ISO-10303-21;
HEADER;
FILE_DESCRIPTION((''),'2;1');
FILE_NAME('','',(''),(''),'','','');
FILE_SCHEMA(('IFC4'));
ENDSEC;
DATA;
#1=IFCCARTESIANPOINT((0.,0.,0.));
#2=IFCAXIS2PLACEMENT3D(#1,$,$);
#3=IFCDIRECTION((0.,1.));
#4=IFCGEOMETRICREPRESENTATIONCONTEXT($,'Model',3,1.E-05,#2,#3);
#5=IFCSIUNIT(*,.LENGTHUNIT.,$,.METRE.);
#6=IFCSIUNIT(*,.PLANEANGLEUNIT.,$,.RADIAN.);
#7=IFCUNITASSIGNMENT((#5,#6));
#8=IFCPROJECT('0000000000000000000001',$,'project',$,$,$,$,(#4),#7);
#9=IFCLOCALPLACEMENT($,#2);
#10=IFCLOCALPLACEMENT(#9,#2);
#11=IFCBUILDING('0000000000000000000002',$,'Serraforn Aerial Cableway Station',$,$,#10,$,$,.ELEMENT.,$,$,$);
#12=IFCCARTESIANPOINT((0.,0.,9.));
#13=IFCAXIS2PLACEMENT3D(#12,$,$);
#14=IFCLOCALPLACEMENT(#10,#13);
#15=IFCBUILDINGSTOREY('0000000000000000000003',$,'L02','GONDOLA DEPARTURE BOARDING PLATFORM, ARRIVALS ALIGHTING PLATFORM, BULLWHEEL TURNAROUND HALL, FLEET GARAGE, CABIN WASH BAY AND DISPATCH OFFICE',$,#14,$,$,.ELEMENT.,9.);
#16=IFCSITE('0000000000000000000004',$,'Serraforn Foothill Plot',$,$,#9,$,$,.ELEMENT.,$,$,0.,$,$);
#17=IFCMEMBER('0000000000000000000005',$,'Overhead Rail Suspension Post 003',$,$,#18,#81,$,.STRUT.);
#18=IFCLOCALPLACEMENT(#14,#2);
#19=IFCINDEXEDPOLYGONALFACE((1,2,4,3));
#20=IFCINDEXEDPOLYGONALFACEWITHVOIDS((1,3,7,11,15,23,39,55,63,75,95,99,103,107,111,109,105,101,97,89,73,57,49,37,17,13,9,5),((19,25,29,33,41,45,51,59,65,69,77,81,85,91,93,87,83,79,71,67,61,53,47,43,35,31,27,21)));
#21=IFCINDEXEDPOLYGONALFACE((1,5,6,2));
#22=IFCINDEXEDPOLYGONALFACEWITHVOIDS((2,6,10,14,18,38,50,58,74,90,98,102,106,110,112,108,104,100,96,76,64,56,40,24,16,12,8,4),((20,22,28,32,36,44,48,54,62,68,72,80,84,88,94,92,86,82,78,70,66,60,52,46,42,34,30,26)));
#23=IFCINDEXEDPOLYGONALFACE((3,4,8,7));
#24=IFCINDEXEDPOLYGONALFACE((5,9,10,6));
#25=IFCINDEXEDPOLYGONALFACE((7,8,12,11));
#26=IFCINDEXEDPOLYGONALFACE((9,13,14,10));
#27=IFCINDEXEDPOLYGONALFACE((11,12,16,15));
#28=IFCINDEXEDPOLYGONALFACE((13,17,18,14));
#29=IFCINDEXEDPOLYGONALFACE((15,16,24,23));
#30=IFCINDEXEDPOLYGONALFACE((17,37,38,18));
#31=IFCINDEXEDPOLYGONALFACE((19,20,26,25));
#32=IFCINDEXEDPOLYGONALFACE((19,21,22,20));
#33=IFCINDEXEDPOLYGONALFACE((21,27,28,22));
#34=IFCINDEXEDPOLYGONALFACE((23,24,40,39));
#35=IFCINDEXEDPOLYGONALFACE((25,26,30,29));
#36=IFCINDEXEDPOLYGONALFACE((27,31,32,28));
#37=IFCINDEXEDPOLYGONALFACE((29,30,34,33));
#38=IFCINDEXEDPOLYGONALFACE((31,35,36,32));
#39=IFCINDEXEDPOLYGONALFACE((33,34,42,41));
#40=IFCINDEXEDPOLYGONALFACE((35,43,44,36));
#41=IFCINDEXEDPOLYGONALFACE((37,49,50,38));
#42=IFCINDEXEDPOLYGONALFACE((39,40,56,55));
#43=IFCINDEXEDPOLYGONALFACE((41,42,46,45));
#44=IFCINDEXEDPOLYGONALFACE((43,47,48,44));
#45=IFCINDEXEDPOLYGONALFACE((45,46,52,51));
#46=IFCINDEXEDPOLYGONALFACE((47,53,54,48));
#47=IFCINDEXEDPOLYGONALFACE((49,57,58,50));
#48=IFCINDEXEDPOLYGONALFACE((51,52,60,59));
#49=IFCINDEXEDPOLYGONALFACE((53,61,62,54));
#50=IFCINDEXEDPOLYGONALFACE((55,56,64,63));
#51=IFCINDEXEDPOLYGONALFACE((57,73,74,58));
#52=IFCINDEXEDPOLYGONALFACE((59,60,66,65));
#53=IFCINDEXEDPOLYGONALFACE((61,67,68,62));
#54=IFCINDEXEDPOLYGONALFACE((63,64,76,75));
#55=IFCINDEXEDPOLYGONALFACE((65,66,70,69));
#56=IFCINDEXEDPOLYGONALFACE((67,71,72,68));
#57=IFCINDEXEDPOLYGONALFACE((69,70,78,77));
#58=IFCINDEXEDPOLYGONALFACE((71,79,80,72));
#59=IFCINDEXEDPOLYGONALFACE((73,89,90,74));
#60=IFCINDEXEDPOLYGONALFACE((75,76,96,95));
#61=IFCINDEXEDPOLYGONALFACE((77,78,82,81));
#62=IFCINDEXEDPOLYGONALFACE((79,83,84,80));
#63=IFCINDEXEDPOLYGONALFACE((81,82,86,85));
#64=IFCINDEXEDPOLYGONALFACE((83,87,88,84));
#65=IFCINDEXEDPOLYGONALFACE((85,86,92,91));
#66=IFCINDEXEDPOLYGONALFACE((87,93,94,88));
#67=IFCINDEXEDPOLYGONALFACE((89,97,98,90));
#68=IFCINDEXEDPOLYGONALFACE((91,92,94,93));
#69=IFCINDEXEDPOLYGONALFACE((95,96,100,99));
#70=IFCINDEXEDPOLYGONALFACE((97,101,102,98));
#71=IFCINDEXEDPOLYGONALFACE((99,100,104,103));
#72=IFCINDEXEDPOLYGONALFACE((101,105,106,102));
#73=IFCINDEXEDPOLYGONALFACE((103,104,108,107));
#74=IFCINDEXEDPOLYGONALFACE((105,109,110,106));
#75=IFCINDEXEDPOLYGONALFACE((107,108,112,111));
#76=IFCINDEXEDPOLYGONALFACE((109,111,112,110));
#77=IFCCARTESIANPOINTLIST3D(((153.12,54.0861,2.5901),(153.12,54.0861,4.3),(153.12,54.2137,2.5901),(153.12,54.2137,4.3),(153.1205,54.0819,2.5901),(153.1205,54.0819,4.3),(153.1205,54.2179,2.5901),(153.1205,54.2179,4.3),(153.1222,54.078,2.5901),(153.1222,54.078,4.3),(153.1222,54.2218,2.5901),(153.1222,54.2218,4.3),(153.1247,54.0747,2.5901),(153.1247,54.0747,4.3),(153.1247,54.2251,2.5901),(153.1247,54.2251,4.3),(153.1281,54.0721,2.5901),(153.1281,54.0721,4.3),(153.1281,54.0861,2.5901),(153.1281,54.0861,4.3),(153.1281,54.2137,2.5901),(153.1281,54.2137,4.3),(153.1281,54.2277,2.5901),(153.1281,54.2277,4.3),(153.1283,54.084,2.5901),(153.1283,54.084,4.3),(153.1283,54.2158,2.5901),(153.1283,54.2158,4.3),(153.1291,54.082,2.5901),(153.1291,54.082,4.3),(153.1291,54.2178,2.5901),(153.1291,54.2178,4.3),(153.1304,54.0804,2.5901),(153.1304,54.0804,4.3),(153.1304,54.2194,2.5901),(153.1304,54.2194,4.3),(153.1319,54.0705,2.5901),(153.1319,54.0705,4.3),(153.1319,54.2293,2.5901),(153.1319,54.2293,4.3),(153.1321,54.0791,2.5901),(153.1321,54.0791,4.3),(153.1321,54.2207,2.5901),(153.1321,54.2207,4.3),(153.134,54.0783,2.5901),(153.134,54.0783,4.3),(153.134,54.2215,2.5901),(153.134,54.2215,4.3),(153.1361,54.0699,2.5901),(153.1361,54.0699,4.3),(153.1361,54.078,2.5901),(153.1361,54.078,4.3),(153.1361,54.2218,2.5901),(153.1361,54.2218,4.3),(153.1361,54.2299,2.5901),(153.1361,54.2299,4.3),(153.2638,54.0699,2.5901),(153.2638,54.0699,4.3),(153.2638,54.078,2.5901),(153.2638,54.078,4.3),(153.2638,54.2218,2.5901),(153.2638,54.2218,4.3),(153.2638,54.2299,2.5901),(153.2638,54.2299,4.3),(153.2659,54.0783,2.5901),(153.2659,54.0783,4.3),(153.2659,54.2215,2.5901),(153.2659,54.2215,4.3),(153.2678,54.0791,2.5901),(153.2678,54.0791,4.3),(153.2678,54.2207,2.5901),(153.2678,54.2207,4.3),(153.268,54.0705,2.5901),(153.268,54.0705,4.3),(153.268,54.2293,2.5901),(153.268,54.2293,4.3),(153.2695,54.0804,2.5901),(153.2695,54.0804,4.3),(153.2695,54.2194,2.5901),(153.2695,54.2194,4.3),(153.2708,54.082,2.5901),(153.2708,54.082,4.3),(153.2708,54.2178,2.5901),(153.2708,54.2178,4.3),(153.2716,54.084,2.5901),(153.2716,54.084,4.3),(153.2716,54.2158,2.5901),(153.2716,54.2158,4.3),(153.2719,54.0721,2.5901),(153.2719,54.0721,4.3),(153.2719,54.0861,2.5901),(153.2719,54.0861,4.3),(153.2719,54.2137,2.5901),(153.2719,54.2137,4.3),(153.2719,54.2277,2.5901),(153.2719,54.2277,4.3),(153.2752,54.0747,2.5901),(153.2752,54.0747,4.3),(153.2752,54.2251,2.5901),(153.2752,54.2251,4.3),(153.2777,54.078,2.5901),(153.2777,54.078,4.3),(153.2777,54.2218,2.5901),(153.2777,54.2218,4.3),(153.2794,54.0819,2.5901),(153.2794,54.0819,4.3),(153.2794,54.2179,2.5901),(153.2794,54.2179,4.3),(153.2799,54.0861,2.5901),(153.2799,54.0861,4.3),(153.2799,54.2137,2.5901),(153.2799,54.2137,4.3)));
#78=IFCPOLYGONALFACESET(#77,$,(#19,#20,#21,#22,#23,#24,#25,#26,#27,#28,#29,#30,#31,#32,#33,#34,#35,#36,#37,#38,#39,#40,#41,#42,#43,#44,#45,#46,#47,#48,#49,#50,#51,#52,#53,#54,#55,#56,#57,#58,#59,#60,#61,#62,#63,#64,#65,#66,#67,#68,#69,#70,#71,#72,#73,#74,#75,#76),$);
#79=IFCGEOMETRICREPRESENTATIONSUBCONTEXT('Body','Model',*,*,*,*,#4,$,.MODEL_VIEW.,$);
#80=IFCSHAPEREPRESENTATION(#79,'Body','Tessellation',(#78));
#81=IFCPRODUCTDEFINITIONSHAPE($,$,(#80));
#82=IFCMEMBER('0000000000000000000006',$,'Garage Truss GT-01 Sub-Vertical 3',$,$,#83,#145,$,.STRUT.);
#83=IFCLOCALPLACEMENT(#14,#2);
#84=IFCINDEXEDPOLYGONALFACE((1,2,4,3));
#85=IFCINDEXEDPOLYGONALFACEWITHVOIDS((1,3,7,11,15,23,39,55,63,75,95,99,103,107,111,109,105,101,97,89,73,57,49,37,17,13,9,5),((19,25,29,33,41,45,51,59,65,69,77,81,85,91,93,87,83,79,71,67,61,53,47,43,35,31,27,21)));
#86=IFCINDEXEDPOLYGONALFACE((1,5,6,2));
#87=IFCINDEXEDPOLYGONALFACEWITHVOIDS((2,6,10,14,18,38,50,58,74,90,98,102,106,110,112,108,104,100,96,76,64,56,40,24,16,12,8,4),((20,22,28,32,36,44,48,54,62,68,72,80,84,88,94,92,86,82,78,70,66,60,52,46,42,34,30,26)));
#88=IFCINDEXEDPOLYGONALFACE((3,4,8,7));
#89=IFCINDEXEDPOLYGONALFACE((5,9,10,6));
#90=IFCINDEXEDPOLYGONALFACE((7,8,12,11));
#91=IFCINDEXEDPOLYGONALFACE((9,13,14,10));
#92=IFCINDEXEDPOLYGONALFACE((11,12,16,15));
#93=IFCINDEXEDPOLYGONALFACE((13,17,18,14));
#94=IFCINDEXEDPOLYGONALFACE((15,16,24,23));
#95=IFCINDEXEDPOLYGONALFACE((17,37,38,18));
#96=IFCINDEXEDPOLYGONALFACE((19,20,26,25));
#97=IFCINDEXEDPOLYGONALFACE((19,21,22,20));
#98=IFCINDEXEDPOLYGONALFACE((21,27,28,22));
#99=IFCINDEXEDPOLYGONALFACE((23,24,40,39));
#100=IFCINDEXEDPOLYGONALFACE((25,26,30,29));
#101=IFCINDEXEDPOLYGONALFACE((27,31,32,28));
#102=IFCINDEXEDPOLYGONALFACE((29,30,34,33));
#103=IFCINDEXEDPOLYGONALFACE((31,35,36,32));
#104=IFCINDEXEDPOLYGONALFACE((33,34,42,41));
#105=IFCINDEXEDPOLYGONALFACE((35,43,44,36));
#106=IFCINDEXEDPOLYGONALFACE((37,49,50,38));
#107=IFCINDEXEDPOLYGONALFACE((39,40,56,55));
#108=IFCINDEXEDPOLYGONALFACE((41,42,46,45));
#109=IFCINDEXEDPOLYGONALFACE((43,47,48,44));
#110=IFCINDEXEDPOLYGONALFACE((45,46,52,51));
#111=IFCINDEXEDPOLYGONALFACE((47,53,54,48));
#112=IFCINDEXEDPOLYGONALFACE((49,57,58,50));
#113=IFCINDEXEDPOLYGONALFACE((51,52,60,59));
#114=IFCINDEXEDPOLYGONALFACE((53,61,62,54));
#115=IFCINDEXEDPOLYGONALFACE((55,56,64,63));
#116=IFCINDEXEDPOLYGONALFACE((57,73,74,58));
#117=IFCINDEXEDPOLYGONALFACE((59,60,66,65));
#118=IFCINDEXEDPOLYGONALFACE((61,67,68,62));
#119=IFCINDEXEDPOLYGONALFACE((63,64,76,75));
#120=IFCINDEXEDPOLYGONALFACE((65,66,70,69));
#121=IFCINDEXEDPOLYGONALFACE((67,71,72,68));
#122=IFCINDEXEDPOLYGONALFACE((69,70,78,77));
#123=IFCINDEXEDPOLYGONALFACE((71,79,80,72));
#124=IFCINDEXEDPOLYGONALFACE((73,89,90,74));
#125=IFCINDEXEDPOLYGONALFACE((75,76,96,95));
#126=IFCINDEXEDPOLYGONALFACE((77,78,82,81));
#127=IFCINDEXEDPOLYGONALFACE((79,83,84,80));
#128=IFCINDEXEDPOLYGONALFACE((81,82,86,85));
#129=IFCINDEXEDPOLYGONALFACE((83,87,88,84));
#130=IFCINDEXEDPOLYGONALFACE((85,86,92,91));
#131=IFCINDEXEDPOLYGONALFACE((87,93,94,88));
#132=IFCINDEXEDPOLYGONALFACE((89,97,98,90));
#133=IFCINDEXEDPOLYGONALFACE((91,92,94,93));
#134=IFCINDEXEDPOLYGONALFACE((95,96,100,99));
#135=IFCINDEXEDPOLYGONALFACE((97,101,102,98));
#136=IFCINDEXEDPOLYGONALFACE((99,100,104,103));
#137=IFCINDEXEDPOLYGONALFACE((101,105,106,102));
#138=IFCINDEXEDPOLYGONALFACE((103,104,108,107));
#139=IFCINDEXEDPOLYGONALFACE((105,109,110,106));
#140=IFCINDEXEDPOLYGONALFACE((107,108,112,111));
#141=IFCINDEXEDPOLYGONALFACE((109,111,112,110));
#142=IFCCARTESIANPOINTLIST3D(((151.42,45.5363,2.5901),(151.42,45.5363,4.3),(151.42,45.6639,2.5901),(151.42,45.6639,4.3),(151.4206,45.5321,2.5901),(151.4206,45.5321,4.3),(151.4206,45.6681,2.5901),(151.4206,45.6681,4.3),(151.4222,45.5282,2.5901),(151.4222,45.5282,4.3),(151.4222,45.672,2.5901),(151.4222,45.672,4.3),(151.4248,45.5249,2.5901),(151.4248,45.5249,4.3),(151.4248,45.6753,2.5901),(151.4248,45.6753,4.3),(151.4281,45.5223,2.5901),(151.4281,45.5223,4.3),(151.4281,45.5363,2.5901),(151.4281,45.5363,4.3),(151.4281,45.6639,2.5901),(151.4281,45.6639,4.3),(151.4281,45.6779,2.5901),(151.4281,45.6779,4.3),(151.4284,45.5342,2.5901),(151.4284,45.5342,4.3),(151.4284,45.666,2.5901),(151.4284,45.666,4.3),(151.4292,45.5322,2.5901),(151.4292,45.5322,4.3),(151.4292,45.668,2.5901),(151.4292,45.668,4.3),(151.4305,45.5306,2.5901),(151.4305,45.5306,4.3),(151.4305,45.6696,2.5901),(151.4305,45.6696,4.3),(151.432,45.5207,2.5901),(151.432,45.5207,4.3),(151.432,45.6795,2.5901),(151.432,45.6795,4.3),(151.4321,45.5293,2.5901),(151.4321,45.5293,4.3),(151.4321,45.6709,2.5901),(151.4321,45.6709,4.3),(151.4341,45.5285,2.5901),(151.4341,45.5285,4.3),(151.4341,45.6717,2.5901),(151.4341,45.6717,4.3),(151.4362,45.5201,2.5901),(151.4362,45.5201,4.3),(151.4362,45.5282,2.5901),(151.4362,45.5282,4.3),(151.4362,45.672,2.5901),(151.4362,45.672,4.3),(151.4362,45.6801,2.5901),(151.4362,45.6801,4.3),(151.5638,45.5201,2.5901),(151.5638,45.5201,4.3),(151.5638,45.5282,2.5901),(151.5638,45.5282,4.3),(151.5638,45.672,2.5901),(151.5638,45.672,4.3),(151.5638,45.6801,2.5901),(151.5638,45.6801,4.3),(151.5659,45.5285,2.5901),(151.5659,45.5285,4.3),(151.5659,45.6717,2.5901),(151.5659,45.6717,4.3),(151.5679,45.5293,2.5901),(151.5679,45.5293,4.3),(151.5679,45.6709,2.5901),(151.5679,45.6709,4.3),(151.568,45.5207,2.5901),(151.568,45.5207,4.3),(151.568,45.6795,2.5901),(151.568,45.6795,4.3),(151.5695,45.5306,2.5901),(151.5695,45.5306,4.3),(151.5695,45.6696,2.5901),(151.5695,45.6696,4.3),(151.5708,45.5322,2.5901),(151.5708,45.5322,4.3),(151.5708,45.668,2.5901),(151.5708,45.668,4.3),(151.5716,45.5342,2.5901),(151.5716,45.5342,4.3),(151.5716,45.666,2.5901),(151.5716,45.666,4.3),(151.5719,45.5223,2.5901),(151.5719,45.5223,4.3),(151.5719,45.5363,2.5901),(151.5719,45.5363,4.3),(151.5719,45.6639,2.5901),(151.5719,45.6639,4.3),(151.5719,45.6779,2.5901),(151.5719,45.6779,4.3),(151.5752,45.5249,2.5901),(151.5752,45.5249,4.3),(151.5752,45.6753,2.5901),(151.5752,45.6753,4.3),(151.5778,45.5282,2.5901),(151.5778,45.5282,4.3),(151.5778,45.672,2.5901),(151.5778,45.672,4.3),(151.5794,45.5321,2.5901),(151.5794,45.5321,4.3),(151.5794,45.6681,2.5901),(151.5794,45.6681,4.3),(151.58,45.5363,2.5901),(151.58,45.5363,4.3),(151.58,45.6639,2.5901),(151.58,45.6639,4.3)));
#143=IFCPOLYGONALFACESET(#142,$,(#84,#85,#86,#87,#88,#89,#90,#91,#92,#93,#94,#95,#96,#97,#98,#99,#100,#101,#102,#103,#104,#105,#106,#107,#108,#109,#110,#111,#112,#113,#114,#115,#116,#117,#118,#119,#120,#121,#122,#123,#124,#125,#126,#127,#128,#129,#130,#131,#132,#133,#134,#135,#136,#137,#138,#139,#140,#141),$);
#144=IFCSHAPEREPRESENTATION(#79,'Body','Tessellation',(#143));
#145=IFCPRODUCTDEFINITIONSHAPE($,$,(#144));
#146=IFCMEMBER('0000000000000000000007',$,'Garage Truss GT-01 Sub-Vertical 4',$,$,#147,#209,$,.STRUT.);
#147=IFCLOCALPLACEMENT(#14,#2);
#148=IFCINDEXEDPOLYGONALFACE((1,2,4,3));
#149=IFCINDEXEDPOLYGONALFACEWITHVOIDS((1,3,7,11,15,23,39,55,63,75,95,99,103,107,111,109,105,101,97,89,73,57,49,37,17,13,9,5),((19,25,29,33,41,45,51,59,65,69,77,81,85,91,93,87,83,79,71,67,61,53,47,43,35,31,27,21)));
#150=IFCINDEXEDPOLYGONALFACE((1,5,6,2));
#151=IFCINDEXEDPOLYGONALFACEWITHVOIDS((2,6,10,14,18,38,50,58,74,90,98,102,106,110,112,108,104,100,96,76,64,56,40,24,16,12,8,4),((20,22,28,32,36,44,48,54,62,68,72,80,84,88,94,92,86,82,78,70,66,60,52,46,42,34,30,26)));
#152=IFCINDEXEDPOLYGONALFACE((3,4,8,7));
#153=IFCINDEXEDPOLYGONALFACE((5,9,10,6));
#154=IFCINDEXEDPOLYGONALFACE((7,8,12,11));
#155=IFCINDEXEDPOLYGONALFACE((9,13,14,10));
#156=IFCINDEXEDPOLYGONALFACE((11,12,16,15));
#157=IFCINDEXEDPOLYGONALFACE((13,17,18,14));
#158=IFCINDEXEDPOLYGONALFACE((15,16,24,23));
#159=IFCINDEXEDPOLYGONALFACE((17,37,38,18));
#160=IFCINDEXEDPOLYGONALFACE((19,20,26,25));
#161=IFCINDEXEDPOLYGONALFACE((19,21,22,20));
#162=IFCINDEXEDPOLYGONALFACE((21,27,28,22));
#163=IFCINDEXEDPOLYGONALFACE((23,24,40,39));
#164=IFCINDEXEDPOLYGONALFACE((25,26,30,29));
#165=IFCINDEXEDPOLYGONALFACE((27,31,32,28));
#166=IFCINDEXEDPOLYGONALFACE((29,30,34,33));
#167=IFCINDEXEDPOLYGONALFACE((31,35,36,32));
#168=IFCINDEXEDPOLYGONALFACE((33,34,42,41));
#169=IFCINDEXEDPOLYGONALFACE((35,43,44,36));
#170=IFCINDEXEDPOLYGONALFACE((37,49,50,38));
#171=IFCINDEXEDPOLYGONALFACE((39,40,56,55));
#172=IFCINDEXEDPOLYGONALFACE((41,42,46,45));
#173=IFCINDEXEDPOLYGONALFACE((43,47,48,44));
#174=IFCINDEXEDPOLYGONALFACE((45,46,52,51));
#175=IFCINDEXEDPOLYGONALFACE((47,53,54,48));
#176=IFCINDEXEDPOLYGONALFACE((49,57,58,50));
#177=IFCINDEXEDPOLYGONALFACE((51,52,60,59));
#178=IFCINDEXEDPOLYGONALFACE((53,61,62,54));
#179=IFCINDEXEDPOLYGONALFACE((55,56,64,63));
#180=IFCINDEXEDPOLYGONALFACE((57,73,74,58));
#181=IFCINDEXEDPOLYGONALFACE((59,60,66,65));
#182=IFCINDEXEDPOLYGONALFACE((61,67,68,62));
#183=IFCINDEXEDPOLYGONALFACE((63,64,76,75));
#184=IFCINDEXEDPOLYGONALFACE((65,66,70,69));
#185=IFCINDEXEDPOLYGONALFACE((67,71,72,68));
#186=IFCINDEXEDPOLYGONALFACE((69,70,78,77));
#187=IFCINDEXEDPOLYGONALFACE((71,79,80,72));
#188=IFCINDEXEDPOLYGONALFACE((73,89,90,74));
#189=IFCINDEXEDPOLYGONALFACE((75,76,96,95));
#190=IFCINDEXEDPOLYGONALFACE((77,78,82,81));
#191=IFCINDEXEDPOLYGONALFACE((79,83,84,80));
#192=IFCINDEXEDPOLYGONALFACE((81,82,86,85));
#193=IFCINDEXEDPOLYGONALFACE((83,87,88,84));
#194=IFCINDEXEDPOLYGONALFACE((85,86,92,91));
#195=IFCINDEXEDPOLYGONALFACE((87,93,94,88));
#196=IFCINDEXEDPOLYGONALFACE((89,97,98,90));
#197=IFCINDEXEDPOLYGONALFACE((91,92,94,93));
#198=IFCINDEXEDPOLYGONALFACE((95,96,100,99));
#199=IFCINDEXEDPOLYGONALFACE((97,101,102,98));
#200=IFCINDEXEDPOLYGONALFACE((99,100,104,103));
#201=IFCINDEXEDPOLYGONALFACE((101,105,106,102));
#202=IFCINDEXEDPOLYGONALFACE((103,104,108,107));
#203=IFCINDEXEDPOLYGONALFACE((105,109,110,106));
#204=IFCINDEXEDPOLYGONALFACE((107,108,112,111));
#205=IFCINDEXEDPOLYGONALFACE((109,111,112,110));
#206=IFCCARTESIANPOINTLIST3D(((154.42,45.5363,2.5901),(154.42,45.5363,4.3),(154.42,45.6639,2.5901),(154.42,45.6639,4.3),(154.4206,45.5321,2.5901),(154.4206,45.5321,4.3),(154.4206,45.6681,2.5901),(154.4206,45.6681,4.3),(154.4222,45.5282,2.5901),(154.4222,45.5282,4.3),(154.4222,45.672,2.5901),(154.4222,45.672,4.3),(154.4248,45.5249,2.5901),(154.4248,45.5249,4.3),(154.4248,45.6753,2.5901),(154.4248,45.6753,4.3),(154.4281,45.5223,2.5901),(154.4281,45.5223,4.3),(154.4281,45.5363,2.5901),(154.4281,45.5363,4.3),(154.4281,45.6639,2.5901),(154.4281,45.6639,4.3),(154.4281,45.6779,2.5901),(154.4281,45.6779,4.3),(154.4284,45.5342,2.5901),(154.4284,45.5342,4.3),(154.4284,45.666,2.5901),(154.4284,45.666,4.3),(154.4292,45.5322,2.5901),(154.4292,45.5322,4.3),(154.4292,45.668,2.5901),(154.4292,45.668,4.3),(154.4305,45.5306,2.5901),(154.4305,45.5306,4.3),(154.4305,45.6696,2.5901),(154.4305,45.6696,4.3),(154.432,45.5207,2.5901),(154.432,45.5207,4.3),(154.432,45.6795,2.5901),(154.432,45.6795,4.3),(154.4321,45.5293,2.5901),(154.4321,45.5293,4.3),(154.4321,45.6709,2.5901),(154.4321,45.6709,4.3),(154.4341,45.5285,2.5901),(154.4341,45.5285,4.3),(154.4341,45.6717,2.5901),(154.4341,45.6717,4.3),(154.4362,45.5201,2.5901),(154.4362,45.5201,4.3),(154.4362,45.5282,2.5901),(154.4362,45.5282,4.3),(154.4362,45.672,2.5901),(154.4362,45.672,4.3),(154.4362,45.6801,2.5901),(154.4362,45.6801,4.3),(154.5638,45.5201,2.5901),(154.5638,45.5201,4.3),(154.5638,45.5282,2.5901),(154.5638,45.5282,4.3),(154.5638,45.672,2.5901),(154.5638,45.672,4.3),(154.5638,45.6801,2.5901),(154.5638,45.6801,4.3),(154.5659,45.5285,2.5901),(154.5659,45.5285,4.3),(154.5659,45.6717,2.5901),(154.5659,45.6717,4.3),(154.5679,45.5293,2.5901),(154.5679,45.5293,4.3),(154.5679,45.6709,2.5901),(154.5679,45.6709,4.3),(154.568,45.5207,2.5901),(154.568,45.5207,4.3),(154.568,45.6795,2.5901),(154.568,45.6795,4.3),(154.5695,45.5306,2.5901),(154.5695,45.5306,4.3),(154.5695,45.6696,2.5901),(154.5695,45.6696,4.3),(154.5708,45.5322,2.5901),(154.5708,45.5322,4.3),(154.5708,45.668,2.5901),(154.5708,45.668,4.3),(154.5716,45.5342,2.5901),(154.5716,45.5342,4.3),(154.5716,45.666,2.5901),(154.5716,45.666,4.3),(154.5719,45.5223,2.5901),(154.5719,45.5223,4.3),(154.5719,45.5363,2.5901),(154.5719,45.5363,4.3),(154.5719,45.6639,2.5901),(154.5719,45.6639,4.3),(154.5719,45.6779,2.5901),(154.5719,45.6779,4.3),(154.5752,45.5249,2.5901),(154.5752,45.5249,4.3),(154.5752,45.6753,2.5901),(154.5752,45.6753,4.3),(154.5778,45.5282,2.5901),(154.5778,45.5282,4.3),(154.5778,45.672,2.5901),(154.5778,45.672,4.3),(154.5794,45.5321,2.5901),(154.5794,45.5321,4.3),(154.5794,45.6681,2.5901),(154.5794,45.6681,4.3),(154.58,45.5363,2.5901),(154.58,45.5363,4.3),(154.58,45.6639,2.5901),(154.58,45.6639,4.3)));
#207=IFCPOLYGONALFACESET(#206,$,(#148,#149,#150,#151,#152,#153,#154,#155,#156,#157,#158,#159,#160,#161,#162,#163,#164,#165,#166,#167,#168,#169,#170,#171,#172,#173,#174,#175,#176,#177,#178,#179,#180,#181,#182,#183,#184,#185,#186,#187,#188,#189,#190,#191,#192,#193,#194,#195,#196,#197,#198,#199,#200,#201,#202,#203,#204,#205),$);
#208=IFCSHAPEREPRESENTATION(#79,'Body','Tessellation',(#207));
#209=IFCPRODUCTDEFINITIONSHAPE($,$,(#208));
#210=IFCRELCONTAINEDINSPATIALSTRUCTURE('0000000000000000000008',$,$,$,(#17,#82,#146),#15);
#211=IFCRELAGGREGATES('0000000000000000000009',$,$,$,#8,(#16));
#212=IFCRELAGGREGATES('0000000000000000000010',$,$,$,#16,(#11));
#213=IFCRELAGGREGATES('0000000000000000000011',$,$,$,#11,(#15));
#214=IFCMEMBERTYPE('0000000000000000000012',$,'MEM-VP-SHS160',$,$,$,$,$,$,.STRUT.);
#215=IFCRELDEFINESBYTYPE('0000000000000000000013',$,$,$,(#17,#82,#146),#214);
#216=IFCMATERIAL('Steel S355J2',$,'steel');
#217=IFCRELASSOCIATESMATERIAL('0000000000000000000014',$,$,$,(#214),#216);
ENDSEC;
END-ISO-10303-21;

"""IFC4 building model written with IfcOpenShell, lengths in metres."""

from ifc_helpers import new_model, si_unit, direction, frame, origin, origin_2d, place, context, subcontext, project, spatial, hollow_rectangle, extrude, material, material_profile, profile_set, type_object, element, save


model = new_model("IFC4")

# Units and contexts
model_context = context("Model", 3, precision=1e-05, world=origin(), true_north=direction((0.0, 1.0)))
body_context = subcontext(model_context, "Body", "Model", "MODEL_VIEW")
ifc_project = project(units=[si_unit("LENGTHUNIT", "METRE"), si_unit("PLANEANGLEUNIT", "RADIAN")], contexts=[model_context])

# Site, building, storey
site_placement = place(None, origin())
site = spatial("IfcSite", under=ifc_project, at=site_placement, Name="Serraforn Foothill Plot", CompositionType="ELEMENT", RefElevation=0.0)
building_placement = place(site_placement, origin())
building = spatial("IfcBuilding", under=site, at=building_placement, Name="Serraforn Aerial Cableway Station", CompositionType="ELEMENT")
storey_placement = place(building_placement, frame((0.0, 0.0, 9.0)))
storey = spatial("IfcBuildingStorey", under=building, at=storey_placement, Name="L02", Description="GONDOLA DEPARTURE BOARDING PLATFORM, ARRIVALS ALIGHTING PLATFORM, BULLWHEEL TURNAROUND HALL, FLEET GARAGE, CABIN WASH BAY AND DISPATCH OFFICE", CompositionType="ELEMENT", Elevation=9.0)

# Shared definitions
ifc_material_1 = material(Name="Steel S355J2", Category="steel")

# Members
ifc_material_profile_1 = material_profile(ifc_material_1, hollow_rectangle(XDim=0.1599, YDim=0.1599, WallThickness=0.0081, InnerFilletRadius=0.0081, OuterFilletRadius=0.0161, at=origin_2d()), Name="SHS 160x160x8.0")
ifc_profile_set_1 = profile_set([ifc_material_profile_1], Name="Steel S355J2")
member_type_1 = type_object("IfcMemberType", Name="MEM-VP-SHS160", PredefinedType="STRUT", material=ifc_profile_set_1)
for number, where, z_axis, x_axis, name in (
    (1, (153.2, 54.1499, 2.5901), (0.0, 0.0, 1.0), (1.0, 0.0, 0.0), "Overhead Rail Suspension Post 003"),
    (2, (151.5, 45.6001, 2.5901), (0.0, 0.0, 1.0), (1.0, 0.0, 0.0), "Garage Truss GT-01 Sub-Vertical 3"),
    (3, (154.5, 45.6001, 2.5901), (0.0, 0.0, 1.0), (1.0, 0.0, 0.0), "Garage Truss GT-01 Sub-Vertical 4"),
):
    element("IfcMember", number, at=place(storey_placement, frame(where, z_axis=z_axis, x_axis=x_axis)), inside=storey, type_object=member_type_1, Name=name, PredefinedType="STRUT", context=body_context, shape_type="SweptSolid", body=[
        extrude(hollow_rectangle(XDim=0.1599, YDim=0.1599, WallThickness=0.0081, InnerFilletRadius=0.0081, OuterFilletRadius=0.0161, at=origin_2d()), origin(), (0.0, 0.0, 1.0), 1.71),
    ])

save(model, "model.ifc")
